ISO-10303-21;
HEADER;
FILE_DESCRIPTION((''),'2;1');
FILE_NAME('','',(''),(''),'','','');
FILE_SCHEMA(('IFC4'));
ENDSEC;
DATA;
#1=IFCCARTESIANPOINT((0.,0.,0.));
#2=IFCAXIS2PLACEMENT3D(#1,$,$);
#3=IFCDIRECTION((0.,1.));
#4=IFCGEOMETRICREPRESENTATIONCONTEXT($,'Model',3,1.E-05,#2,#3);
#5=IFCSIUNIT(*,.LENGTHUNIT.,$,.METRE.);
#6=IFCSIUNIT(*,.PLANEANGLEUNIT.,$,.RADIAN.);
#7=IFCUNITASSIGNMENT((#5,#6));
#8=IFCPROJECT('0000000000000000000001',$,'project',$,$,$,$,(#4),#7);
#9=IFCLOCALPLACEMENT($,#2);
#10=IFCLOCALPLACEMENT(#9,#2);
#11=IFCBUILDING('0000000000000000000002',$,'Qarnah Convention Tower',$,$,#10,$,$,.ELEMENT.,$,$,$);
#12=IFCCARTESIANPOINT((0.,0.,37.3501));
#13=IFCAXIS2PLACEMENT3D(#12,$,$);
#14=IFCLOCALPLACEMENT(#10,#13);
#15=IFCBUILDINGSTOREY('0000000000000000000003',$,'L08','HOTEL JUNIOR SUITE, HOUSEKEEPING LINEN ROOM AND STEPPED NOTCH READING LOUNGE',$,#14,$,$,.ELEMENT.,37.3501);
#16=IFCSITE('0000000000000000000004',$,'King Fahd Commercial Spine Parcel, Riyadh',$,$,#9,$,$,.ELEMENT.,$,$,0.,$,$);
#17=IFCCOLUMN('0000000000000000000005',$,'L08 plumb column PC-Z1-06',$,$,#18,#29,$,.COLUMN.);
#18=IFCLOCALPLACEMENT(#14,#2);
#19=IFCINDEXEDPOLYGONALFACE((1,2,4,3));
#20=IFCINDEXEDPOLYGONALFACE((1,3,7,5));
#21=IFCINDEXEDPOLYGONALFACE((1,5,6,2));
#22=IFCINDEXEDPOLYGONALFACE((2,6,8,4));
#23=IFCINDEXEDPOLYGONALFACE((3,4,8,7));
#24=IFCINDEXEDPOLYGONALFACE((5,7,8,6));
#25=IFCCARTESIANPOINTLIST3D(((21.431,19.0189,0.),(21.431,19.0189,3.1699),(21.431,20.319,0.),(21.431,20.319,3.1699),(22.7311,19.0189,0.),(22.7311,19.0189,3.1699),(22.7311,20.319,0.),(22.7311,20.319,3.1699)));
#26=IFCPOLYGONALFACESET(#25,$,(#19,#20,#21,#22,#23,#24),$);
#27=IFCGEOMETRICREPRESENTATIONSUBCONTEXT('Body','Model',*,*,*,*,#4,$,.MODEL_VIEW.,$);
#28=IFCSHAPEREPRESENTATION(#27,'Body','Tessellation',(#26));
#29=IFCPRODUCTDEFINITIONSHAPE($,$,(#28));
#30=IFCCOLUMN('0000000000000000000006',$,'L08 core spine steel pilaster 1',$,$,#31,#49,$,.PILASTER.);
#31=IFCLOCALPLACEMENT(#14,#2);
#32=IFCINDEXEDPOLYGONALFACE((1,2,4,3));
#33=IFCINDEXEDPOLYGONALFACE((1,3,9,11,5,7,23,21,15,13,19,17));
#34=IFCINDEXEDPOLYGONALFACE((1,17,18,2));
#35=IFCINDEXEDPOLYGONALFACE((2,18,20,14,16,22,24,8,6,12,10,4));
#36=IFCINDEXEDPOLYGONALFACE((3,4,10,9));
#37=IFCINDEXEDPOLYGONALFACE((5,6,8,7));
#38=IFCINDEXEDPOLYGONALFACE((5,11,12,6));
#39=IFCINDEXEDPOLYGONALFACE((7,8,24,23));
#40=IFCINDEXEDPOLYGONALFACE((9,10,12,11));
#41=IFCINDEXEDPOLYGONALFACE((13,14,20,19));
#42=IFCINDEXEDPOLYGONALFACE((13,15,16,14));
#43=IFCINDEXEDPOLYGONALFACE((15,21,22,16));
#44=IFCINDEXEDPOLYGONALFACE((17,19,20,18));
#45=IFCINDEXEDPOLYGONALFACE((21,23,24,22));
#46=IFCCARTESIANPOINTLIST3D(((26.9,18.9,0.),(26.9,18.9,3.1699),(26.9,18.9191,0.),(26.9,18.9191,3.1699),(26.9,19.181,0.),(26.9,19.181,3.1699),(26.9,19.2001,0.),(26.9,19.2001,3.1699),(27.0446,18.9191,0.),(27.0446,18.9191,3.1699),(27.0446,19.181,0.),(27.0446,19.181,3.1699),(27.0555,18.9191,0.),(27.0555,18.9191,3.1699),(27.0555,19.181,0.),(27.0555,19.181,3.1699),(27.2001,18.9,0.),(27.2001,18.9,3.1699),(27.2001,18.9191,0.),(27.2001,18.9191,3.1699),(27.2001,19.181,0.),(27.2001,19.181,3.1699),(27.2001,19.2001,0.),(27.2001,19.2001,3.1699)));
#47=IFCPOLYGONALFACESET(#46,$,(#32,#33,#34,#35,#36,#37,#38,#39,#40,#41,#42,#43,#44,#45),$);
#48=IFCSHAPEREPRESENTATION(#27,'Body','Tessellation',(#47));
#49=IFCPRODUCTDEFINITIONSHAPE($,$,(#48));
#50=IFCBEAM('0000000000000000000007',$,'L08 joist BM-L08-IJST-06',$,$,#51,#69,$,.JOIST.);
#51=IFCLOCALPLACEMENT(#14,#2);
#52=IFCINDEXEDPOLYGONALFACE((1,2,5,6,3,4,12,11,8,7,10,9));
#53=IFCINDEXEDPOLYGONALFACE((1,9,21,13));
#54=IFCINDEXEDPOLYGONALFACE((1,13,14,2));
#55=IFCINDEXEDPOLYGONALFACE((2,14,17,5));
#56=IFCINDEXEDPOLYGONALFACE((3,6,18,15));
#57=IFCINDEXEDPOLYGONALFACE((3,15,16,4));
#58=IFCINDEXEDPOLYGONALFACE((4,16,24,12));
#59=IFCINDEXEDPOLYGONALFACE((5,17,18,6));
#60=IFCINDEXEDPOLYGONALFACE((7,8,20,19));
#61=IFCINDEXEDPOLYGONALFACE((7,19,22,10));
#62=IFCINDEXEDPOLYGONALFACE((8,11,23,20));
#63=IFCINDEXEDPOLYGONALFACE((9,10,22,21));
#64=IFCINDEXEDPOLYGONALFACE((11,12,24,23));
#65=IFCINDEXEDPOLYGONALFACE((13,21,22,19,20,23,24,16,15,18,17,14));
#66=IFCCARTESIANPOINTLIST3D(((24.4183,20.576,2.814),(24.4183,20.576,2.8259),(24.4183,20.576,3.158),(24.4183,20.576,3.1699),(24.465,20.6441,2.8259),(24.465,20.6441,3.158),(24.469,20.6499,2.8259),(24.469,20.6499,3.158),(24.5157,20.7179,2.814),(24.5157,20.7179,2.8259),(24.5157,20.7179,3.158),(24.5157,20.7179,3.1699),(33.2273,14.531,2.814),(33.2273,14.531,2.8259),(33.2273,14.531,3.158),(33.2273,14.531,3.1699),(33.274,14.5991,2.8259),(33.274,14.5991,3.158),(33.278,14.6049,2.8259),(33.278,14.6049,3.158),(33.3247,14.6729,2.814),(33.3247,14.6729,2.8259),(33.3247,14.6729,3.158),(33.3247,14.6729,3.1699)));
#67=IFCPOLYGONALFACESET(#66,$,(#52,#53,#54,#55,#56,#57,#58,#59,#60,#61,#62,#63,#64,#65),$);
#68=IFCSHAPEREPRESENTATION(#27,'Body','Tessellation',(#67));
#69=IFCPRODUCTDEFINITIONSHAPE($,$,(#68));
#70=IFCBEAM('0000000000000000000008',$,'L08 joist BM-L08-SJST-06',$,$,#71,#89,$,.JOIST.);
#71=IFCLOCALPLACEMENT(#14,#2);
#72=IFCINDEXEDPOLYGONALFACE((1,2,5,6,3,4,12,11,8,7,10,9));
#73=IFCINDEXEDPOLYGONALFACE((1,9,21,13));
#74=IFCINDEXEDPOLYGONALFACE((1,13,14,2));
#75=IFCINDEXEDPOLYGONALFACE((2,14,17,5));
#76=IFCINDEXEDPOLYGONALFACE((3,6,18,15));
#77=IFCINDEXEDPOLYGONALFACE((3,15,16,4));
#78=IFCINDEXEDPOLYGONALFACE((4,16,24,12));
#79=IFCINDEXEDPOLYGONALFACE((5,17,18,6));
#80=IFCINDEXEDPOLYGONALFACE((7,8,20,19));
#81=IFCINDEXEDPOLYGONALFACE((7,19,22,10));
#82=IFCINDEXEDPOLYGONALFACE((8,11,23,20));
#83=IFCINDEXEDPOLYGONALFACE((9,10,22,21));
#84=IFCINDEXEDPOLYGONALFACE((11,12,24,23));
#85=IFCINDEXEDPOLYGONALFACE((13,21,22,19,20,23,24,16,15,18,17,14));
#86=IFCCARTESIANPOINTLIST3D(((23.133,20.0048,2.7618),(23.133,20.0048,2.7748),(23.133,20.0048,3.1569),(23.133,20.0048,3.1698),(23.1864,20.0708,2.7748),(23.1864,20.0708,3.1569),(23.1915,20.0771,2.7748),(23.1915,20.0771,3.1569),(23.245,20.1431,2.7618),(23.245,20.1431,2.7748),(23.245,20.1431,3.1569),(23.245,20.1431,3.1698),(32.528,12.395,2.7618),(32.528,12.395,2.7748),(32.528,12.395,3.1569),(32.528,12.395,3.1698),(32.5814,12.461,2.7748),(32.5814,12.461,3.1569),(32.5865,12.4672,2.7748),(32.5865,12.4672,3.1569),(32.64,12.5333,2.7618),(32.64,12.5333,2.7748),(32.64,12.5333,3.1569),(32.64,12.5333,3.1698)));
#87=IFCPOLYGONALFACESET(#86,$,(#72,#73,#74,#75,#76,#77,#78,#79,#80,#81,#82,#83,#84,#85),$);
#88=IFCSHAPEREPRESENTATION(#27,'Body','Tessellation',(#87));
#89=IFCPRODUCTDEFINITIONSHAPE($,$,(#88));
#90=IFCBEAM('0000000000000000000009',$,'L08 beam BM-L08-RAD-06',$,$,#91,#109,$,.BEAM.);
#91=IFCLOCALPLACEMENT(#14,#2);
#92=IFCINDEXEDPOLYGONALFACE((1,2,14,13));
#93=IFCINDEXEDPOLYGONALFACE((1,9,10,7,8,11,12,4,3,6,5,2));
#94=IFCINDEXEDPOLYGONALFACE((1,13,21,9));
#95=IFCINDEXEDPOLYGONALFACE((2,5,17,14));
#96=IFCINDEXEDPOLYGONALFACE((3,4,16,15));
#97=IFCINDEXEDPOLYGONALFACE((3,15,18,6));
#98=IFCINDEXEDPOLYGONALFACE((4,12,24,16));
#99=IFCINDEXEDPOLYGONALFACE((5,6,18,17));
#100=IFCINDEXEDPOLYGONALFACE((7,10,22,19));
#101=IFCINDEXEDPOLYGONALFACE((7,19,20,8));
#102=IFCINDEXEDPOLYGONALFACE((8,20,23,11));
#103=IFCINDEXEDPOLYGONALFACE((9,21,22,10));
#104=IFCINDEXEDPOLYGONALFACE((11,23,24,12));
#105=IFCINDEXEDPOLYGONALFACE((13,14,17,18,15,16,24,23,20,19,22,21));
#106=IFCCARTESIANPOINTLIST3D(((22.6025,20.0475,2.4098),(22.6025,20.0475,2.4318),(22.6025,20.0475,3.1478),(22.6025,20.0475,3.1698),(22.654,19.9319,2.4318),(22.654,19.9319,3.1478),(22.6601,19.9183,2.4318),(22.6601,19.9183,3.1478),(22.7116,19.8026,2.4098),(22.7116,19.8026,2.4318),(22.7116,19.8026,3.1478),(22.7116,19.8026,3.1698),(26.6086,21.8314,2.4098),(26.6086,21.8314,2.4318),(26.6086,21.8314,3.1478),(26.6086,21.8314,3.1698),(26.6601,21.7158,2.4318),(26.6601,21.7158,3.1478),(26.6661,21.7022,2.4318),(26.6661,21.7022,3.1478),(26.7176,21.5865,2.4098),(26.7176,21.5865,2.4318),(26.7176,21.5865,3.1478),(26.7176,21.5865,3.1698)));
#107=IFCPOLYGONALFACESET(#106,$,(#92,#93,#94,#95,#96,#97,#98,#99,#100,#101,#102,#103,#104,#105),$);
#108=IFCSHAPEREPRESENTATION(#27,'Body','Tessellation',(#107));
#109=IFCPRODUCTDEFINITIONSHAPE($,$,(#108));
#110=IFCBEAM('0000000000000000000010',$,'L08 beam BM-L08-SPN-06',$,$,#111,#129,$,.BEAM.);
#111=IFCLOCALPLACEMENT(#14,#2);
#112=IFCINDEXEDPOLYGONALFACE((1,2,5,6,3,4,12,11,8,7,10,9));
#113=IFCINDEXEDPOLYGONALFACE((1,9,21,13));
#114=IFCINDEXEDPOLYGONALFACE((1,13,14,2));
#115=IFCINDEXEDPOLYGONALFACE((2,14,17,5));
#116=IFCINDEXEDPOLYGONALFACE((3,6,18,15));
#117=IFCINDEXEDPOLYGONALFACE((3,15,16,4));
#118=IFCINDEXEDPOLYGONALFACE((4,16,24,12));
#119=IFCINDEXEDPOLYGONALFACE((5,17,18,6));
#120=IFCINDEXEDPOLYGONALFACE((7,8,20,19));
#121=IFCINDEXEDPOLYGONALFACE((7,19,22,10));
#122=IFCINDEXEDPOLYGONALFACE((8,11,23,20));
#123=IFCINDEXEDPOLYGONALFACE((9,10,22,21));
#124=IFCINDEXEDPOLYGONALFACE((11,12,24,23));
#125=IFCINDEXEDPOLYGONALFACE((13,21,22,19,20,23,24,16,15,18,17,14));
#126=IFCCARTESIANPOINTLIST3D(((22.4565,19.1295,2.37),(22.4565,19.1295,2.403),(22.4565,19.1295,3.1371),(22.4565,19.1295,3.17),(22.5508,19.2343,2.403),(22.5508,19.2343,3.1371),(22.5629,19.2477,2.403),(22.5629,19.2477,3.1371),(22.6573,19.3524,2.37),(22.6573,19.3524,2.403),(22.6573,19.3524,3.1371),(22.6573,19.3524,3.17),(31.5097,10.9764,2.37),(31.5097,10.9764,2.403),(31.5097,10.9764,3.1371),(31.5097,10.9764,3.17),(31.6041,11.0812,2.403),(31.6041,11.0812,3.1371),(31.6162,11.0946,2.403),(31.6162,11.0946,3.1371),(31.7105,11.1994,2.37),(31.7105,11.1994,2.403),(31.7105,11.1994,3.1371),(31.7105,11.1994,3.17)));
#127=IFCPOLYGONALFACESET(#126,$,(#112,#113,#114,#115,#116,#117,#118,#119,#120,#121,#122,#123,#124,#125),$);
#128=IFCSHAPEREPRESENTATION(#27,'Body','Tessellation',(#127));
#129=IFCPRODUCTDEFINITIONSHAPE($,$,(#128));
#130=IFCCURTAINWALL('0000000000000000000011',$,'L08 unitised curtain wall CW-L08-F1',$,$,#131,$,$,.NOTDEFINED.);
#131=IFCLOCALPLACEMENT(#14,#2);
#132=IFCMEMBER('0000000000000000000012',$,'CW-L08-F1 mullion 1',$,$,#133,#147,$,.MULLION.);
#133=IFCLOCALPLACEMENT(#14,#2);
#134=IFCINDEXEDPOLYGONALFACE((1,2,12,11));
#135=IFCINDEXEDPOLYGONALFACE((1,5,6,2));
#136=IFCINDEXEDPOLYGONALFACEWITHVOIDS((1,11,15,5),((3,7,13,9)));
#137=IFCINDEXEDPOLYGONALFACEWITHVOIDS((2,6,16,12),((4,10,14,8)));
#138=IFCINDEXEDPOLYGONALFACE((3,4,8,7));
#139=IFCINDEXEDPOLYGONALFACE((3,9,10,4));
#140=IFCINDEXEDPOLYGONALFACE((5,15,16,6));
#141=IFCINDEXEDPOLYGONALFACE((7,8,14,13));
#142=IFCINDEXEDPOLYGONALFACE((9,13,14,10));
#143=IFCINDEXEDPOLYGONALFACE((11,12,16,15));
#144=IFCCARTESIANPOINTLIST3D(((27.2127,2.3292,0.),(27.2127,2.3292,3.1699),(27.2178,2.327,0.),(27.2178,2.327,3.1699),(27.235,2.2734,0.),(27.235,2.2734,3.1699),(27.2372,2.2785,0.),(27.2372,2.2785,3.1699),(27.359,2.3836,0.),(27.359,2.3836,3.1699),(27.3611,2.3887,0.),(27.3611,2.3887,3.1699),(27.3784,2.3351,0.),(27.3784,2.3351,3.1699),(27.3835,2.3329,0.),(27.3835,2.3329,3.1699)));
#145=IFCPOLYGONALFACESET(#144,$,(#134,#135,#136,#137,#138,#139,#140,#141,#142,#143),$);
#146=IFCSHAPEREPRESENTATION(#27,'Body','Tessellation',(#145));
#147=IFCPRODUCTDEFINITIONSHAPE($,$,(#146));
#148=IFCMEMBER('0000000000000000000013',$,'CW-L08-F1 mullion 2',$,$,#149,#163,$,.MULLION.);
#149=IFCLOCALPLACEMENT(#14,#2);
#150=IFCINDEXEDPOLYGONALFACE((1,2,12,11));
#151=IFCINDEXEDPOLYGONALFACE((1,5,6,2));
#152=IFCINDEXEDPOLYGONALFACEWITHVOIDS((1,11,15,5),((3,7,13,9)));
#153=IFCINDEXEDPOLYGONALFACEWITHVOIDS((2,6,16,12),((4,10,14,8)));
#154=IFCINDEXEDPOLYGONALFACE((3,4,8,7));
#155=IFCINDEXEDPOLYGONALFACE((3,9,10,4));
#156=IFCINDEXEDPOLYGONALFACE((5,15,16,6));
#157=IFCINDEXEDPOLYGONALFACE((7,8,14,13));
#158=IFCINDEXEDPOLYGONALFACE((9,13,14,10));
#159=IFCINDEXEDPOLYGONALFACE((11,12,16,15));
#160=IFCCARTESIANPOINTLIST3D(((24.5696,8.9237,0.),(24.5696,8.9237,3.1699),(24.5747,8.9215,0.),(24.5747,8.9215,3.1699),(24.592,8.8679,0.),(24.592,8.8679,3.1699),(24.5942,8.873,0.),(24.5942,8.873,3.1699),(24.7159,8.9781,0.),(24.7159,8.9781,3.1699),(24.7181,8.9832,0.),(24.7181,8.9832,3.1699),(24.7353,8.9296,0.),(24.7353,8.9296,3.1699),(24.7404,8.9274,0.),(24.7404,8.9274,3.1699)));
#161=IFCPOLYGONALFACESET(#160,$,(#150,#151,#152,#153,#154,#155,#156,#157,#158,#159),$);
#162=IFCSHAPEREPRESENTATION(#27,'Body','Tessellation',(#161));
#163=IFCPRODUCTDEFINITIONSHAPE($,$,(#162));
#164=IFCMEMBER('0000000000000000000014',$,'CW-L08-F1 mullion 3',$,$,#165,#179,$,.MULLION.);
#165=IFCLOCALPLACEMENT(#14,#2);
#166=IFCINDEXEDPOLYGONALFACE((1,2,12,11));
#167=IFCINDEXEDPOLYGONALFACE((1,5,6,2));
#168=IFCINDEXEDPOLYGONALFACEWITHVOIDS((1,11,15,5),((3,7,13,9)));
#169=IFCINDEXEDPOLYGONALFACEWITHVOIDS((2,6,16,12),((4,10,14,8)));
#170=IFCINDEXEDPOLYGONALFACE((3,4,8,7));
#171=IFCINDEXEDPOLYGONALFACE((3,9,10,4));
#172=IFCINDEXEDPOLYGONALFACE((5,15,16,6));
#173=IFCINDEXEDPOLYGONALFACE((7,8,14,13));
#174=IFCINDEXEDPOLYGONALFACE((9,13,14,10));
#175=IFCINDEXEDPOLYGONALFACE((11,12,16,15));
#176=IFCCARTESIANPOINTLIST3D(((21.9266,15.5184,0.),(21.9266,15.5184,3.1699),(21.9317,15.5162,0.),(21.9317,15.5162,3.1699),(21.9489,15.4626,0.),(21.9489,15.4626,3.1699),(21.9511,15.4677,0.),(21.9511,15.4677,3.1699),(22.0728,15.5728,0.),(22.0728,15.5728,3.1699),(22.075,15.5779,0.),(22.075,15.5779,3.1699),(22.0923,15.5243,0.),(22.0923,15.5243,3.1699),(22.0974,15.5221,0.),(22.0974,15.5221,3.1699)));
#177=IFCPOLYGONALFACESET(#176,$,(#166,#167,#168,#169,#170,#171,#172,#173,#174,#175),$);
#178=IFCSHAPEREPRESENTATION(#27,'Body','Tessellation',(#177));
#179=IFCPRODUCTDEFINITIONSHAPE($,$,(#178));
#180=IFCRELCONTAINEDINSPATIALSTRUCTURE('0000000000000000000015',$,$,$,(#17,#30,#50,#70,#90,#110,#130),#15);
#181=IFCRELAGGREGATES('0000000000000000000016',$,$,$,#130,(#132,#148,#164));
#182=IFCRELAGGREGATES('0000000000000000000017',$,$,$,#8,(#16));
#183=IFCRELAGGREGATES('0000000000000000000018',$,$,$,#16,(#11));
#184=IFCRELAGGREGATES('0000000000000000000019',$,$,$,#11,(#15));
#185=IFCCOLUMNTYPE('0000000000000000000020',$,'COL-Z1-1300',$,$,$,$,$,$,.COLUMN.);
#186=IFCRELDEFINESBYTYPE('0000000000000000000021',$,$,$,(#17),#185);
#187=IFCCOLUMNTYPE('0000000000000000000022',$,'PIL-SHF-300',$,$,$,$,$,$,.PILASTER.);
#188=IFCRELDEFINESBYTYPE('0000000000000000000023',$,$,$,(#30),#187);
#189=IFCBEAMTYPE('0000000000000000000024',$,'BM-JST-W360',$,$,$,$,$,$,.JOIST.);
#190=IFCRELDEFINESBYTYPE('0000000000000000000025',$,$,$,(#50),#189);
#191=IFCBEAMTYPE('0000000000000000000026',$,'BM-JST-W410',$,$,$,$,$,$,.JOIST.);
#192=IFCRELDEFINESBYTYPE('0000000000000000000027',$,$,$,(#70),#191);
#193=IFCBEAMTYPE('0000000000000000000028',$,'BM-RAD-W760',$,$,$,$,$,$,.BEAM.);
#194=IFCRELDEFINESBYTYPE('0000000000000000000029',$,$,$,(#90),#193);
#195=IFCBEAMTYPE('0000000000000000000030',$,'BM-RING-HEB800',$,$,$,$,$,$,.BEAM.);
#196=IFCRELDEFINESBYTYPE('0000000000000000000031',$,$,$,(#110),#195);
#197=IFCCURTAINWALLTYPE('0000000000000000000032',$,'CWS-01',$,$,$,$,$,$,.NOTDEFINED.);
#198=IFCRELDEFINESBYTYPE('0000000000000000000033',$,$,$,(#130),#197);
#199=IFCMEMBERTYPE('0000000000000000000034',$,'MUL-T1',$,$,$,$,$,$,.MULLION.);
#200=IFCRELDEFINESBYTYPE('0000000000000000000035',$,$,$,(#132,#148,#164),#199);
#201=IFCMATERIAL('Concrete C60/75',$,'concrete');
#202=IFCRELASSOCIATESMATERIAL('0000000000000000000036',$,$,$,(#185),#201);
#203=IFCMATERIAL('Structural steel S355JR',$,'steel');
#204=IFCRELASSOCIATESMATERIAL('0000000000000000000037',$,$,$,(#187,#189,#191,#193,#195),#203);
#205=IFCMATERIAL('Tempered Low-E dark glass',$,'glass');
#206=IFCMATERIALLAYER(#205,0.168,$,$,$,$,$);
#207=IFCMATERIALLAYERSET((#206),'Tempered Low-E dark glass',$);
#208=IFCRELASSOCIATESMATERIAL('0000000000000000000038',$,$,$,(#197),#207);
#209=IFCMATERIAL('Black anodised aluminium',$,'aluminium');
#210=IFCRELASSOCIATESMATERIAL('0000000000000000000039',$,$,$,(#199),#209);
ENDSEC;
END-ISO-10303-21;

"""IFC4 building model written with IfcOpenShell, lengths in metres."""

from ifc_helpers import new_model, si_unit, direction, frame, origin, origin_2d, place, context, subcontext, project, spatial, rectangle, hollow_rectangle, i_section, extrude, material, layer, layer_set, material_profile, profile_set, type_object, element, aggregate, save


model = new_model("IFC4")

# Units and contexts
model_context = context("Model", 3, precision=1e-05, world=origin(), true_north=direction((0.0, 1.0)))
body_context = subcontext(model_context, "Body", "Model", "MODEL_VIEW")
ifc_project = project(units=[si_unit("LENGTHUNIT", "METRE"), si_unit("PLANEANGLEUNIT", "RADIAN")], contexts=[model_context])

# Site, building, storey
site_placement = place(None, origin())
site = spatial("IfcSite", under=ifc_project, at=site_placement, Name="King Fahd Commercial Spine Parcel, Riyadh", CompositionType="ELEMENT", RefElevation=0.0)
building_placement = place(site_placement, origin())
building = spatial("IfcBuilding", under=site, at=building_placement, Name="Qarnah Convention Tower", CompositionType="ELEMENT")
storey_placement = place(building_placement, frame((0.0, 0.0, 37.3501)))
storey = spatial("IfcBuildingStorey", under=building, at=storey_placement, Name="L08", Description="HOTEL JUNIOR SUITE, HOUSEKEEPING LINEN ROOM AND STEPPED NOTCH READING LOUNGE", CompositionType="ELEMENT", Elevation=37.3501)

# Columns
ifc_material_1 = material(Name="Concrete C60/75", Category="concrete")
ifc_material_profile_1 = material_profile(ifc_material_1, rectangle(XDim=1.3, YDim=1.3, at=origin_2d()), Name="RC-COL-1300X1300")
ifc_profile_set_1 = profile_set([ifc_material_profile_1], Name="Concrete C60/75")
column_type_1 = type_object("IfcColumnType", Name="COL-Z1-1300", PredefinedType="COLUMN", material=ifc_profile_set_1)
column_1_placement = place(storey_placement, frame((22.0811, 19.6689, 0.0), z_axis=(0.0, 0.0, 1.0), x_axis=(1.0, 0.0, 0.0)))
element("IfcColumn", 1, at=column_1_placement, inside=storey, type_object=column_type_1, Name="L08 plumb column PC-Z1-06", PredefinedType="COLUMN", context=body_context, shape_type="SweptSolid", body=[
    extrude(rectangle(XDim=1.3, YDim=1.3, at=origin_2d()), origin(), (0.0, 0.0, 1.0), 3.1699),
])
ifc_material_2 = material(Name="Structural steel S355JR", Category="steel")
ifc_material_profile_2 = material_profile(ifc_material_2, i_section(OverallWidth=0.3, OverallDepth=0.3, WebThickness=0.011, FlangeThickness=0.019, at=origin_2d()), Name="HEB300")
ifc_profile_set_2 = profile_set([ifc_material_profile_2], Name="Structural steel S355JR")
column_type_2 = type_object("IfcColumnType", Name="PIL-SHF-300", PredefinedType="PILASTER", material=ifc_profile_set_2)
column_2_placement = place(storey_placement, frame((27.05, 19.05, 0.0), z_axis=(0.0, 0.0, 1.0), x_axis=(1.0, 0.0, 0.0)))
element("IfcColumn", 2, at=column_2_placement, inside=storey, type_object=column_type_2, Name="L08 core spine steel pilaster 1", PredefinedType="PILASTER", context=body_context, shape_type="SweptSolid", body=[
    extrude(i_section(OverallWidth=0.3, OverallDepth=0.3, WebThickness=0.011, FlangeThickness=0.019, at=origin_2d()), origin(), (0.0, 0.0, 1.0), 3.1699),
])

# Beams
ifc_material_profile_3 = material_profile(ifc_material_2, i_section(OverallWidth=0.1721, OverallDepth=0.356, WebThickness=0.0071, FlangeThickness=0.012, at=origin_2d()), Name="W360X51")
ifc_profile_set_3 = profile_set([ifc_material_profile_3], Name="Structural steel S355JR")
beam_type_1 = type_object("IfcBeamType", Name="BM-JST-W360", PredefinedType="JOIST", material=ifc_profile_set_3)
beam_1_placement = place(storey_placement, frame((24.467, 20.647, 2.9919), z_axis=(0.824529, -0.56582, 0.0), x_axis=(0.56582, 0.824529, 0.0)))
element("IfcBeam", 3, at=beam_1_placement, inside=storey, type_object=beam_type_1, Name="L08 joist BM-L08-IJST-06", PredefinedType="JOIST", context=body_context, shape_type="SweptSolid", body=[
    extrude(i_section(OverallWidth=0.1721, OverallDepth=0.356, WebThickness=0.0071, FlangeThickness=0.012, at=origin_2d()), origin(), (0.0, 0.0, 1.0), 10.6836),
])
ifc_material_profile_4 = material_profile(ifc_material_2, i_section(OverallWidth=0.178, OverallDepth=0.408, WebThickness=0.0081, FlangeThickness=0.0129, at=origin_2d()), Name="W410X60")
ifc_profile_set_4 = profile_set([ifc_material_profile_4], Name="Structural steel S355JR")
beam_type_2 = type_object("IfcBeamType", Name="BM-JST-W410", PredefinedType="JOIST", material=ifc_profile_set_4)
beam_2_placement = place(storey_placement, frame((23.189, 20.074, 2.9658), z_axis=(0.777068, -0.629417, 0.0), x_axis=(0.629417, 0.777068, 0.0)))
element("IfcBeam", 4, at=beam_2_placement, inside=storey, type_object=beam_type_2, Name="L08 joist BM-L08-SJST-06", PredefinedType="JOIST", context=body_context, shape_type="SweptSolid", body=[
    extrude(i_section(OverallWidth=0.178, OverallDepth=0.408, WebThickness=0.0081, FlangeThickness=0.0129, at=origin_2d()), origin(), (0.0, 0.0, 1.0), 12.0903),
])
ifc_material_profile_5 = material_profile(ifc_material_2, i_section(OverallWidth=0.2681, OverallDepth=0.76, WebThickness=0.0149, FlangeThickness=0.022, at=origin_2d()), Name="W760X185")
ifc_profile_set_5 = profile_set([ifc_material_profile_5], Name="Structural steel S355JR")
beam_type_3 = type_object("IfcBeamType", Name="BM-RAD-W760", PredefinedType="BEAM", material=ifc_profile_set_5)
beam_3_placement = place(storey_placement, frame((26.6631, 21.709, 2.7898), z_axis=(-0.91352, -0.406794, 0.0), x_axis=(0.406794, -0.91352, 0.0)))
element("IfcBeam", 5, at=beam_3_placement, inside=storey, type_object=beam_type_3, Name="L08 beam BM-L08-RAD-06", PredefinedType="BEAM", context=body_context, shape_type="SweptSolid", body=[
    extrude(i_section(OverallWidth=0.2681, OverallDepth=0.76, WebThickness=0.0149, FlangeThickness=0.022, at=origin_2d()), origin(), (0.0, 0.0, 1.0), 4.3853),
])
ifc_material_profile_6 = material_profile(ifc_material_2, i_section(OverallWidth=0.3, OverallDepth=0.8, WebThickness=0.0181, FlangeThickness=0.033, at=origin_2d()), Name="HEB800")
ifc_profile_set_6 = profile_set([ifc_material_profile_6], Name="Structural steel S355JR")
beam_type_4 = type_object("IfcBeamType", Name="BM-RING-HEB800", PredefinedType="BEAM", material=ifc_profile_set_6)
beam_4_placement = place(storey_placement, frame((22.5569, 19.241, 2.77), z_axis=(0.743083, -0.669199, 0.0), x_axis=(0.669199, 0.743083, 0.0)))
element("IfcBeam", 6, at=beam_4_placement, inside=storey, type_object=beam_type_4, Name="L08 beam BM-L08-SPN-06", PredefinedType="BEAM", context=body_context, shape_type="SweptSolid", body=[
    extrude(i_section(OverallWidth=0.3, OverallDepth=0.8, WebThickness=0.0181, FlangeThickness=0.033, at=origin_2d()), origin(), (0.0, 0.0, 1.0), 12.1833),
])

# Curtain wall, members
ifc_material_3 = material(Name="Tempered Low-E dark glass", Category="glass")
ifc_layer_1 = layer(ifc_material_3, 0.168)
ifc_layer_set_1 = layer_set([ifc_layer_1], Name="Tempered Low-E dark glass")
curtain_wall_type = type_object("IfcCurtainWallType", Name="CWS-01", PredefinedType="NOTDEFINED", material=ifc_layer_set_1)
curtain_wall_placement = place(storey_placement, origin())
curtain_wall = element("IfcCurtainWall", 7, at=curtain_wall_placement, inside=storey, type_object=curtain_wall_type, Name="L08 unitised curtain wall CW-L08-F1", PredefinedType="NOTDEFINED")
ifc_material_4 = material(Name="Black anodised aluminium", Category="aluminium")
ifc_material_profile_7 = material_profile(ifc_material_4, hollow_rectangle(XDim=0.0601, YDim=0.1599, WallThickness=0.0039, at=origin_2d()), Name="MUL-60X160")
ifc_profile_set_7 = profile_set([ifc_material_profile_7], Name="Black anodised aluminium")
member_type_1 = type_object("IfcMemberType", Name="MUL-T1", PredefinedType="MULLION", material=ifc_profile_set_7)
member_1_placement = place(storey_placement, frame((27.2981, 2.3311, 0.0), z_axis=(0.0, 0.0, 1.0), x_axis=(-0.372017, 0.928226, 0.0)))
member_1 = element("IfcMember", 8, at=member_1_placement, type_object=member_type_1, Name="CW-L08-F1 mullion 1", PredefinedType="MULLION", context=body_context, shape_type="SweptSolid", body=[
    extrude(hollow_rectangle(XDim=0.0601, YDim=0.1599, WallThickness=0.0039, at=origin_2d()), origin(), (0.0, 0.0, 1.0), 3.1699),
])
member_2_placement = place(storey_placement, frame((24.655, 8.9255, 0.0), z_axis=(0.0, 0.0, 1.0), x_axis=(-0.372017, 0.928226, 0.0)))
member_2 = element("IfcMember", 9, at=member_2_placement, type_object=member_type_1, Name="CW-L08-F1 mullion 2", PredefinedType="MULLION", context=body_context, shape_type="SweptSolid", body=[
    extrude(hollow_rectangle(XDim=0.0601, YDim=0.1599, WallThickness=0.0039, at=origin_2d()), origin(), (0.0, 0.0, 1.0), 3.1699),
])
member_3_placement = place(storey_placement, frame((22.012, 15.5203, 0.0), z_axis=(0.0, 0.0, 1.0), x_axis=(-0.372017, 0.928226, 0.0)))
member_3 = element("IfcMember", 10, at=member_3_placement, type_object=member_type_1, Name="CW-L08-F1 mullion 3", PredefinedType="MULLION", context=body_context, shape_type="SweptSolid", body=[
    extrude(hollow_rectangle(XDim=0.0601, YDim=0.1599, WallThickness=0.0039, at=origin_2d()), origin(), (0.0, 0.0, 1.0), 3.1699),
])
aggregate(curtain_wall, [member_1, member_2, member_3])

save(model, "model.ifc")
